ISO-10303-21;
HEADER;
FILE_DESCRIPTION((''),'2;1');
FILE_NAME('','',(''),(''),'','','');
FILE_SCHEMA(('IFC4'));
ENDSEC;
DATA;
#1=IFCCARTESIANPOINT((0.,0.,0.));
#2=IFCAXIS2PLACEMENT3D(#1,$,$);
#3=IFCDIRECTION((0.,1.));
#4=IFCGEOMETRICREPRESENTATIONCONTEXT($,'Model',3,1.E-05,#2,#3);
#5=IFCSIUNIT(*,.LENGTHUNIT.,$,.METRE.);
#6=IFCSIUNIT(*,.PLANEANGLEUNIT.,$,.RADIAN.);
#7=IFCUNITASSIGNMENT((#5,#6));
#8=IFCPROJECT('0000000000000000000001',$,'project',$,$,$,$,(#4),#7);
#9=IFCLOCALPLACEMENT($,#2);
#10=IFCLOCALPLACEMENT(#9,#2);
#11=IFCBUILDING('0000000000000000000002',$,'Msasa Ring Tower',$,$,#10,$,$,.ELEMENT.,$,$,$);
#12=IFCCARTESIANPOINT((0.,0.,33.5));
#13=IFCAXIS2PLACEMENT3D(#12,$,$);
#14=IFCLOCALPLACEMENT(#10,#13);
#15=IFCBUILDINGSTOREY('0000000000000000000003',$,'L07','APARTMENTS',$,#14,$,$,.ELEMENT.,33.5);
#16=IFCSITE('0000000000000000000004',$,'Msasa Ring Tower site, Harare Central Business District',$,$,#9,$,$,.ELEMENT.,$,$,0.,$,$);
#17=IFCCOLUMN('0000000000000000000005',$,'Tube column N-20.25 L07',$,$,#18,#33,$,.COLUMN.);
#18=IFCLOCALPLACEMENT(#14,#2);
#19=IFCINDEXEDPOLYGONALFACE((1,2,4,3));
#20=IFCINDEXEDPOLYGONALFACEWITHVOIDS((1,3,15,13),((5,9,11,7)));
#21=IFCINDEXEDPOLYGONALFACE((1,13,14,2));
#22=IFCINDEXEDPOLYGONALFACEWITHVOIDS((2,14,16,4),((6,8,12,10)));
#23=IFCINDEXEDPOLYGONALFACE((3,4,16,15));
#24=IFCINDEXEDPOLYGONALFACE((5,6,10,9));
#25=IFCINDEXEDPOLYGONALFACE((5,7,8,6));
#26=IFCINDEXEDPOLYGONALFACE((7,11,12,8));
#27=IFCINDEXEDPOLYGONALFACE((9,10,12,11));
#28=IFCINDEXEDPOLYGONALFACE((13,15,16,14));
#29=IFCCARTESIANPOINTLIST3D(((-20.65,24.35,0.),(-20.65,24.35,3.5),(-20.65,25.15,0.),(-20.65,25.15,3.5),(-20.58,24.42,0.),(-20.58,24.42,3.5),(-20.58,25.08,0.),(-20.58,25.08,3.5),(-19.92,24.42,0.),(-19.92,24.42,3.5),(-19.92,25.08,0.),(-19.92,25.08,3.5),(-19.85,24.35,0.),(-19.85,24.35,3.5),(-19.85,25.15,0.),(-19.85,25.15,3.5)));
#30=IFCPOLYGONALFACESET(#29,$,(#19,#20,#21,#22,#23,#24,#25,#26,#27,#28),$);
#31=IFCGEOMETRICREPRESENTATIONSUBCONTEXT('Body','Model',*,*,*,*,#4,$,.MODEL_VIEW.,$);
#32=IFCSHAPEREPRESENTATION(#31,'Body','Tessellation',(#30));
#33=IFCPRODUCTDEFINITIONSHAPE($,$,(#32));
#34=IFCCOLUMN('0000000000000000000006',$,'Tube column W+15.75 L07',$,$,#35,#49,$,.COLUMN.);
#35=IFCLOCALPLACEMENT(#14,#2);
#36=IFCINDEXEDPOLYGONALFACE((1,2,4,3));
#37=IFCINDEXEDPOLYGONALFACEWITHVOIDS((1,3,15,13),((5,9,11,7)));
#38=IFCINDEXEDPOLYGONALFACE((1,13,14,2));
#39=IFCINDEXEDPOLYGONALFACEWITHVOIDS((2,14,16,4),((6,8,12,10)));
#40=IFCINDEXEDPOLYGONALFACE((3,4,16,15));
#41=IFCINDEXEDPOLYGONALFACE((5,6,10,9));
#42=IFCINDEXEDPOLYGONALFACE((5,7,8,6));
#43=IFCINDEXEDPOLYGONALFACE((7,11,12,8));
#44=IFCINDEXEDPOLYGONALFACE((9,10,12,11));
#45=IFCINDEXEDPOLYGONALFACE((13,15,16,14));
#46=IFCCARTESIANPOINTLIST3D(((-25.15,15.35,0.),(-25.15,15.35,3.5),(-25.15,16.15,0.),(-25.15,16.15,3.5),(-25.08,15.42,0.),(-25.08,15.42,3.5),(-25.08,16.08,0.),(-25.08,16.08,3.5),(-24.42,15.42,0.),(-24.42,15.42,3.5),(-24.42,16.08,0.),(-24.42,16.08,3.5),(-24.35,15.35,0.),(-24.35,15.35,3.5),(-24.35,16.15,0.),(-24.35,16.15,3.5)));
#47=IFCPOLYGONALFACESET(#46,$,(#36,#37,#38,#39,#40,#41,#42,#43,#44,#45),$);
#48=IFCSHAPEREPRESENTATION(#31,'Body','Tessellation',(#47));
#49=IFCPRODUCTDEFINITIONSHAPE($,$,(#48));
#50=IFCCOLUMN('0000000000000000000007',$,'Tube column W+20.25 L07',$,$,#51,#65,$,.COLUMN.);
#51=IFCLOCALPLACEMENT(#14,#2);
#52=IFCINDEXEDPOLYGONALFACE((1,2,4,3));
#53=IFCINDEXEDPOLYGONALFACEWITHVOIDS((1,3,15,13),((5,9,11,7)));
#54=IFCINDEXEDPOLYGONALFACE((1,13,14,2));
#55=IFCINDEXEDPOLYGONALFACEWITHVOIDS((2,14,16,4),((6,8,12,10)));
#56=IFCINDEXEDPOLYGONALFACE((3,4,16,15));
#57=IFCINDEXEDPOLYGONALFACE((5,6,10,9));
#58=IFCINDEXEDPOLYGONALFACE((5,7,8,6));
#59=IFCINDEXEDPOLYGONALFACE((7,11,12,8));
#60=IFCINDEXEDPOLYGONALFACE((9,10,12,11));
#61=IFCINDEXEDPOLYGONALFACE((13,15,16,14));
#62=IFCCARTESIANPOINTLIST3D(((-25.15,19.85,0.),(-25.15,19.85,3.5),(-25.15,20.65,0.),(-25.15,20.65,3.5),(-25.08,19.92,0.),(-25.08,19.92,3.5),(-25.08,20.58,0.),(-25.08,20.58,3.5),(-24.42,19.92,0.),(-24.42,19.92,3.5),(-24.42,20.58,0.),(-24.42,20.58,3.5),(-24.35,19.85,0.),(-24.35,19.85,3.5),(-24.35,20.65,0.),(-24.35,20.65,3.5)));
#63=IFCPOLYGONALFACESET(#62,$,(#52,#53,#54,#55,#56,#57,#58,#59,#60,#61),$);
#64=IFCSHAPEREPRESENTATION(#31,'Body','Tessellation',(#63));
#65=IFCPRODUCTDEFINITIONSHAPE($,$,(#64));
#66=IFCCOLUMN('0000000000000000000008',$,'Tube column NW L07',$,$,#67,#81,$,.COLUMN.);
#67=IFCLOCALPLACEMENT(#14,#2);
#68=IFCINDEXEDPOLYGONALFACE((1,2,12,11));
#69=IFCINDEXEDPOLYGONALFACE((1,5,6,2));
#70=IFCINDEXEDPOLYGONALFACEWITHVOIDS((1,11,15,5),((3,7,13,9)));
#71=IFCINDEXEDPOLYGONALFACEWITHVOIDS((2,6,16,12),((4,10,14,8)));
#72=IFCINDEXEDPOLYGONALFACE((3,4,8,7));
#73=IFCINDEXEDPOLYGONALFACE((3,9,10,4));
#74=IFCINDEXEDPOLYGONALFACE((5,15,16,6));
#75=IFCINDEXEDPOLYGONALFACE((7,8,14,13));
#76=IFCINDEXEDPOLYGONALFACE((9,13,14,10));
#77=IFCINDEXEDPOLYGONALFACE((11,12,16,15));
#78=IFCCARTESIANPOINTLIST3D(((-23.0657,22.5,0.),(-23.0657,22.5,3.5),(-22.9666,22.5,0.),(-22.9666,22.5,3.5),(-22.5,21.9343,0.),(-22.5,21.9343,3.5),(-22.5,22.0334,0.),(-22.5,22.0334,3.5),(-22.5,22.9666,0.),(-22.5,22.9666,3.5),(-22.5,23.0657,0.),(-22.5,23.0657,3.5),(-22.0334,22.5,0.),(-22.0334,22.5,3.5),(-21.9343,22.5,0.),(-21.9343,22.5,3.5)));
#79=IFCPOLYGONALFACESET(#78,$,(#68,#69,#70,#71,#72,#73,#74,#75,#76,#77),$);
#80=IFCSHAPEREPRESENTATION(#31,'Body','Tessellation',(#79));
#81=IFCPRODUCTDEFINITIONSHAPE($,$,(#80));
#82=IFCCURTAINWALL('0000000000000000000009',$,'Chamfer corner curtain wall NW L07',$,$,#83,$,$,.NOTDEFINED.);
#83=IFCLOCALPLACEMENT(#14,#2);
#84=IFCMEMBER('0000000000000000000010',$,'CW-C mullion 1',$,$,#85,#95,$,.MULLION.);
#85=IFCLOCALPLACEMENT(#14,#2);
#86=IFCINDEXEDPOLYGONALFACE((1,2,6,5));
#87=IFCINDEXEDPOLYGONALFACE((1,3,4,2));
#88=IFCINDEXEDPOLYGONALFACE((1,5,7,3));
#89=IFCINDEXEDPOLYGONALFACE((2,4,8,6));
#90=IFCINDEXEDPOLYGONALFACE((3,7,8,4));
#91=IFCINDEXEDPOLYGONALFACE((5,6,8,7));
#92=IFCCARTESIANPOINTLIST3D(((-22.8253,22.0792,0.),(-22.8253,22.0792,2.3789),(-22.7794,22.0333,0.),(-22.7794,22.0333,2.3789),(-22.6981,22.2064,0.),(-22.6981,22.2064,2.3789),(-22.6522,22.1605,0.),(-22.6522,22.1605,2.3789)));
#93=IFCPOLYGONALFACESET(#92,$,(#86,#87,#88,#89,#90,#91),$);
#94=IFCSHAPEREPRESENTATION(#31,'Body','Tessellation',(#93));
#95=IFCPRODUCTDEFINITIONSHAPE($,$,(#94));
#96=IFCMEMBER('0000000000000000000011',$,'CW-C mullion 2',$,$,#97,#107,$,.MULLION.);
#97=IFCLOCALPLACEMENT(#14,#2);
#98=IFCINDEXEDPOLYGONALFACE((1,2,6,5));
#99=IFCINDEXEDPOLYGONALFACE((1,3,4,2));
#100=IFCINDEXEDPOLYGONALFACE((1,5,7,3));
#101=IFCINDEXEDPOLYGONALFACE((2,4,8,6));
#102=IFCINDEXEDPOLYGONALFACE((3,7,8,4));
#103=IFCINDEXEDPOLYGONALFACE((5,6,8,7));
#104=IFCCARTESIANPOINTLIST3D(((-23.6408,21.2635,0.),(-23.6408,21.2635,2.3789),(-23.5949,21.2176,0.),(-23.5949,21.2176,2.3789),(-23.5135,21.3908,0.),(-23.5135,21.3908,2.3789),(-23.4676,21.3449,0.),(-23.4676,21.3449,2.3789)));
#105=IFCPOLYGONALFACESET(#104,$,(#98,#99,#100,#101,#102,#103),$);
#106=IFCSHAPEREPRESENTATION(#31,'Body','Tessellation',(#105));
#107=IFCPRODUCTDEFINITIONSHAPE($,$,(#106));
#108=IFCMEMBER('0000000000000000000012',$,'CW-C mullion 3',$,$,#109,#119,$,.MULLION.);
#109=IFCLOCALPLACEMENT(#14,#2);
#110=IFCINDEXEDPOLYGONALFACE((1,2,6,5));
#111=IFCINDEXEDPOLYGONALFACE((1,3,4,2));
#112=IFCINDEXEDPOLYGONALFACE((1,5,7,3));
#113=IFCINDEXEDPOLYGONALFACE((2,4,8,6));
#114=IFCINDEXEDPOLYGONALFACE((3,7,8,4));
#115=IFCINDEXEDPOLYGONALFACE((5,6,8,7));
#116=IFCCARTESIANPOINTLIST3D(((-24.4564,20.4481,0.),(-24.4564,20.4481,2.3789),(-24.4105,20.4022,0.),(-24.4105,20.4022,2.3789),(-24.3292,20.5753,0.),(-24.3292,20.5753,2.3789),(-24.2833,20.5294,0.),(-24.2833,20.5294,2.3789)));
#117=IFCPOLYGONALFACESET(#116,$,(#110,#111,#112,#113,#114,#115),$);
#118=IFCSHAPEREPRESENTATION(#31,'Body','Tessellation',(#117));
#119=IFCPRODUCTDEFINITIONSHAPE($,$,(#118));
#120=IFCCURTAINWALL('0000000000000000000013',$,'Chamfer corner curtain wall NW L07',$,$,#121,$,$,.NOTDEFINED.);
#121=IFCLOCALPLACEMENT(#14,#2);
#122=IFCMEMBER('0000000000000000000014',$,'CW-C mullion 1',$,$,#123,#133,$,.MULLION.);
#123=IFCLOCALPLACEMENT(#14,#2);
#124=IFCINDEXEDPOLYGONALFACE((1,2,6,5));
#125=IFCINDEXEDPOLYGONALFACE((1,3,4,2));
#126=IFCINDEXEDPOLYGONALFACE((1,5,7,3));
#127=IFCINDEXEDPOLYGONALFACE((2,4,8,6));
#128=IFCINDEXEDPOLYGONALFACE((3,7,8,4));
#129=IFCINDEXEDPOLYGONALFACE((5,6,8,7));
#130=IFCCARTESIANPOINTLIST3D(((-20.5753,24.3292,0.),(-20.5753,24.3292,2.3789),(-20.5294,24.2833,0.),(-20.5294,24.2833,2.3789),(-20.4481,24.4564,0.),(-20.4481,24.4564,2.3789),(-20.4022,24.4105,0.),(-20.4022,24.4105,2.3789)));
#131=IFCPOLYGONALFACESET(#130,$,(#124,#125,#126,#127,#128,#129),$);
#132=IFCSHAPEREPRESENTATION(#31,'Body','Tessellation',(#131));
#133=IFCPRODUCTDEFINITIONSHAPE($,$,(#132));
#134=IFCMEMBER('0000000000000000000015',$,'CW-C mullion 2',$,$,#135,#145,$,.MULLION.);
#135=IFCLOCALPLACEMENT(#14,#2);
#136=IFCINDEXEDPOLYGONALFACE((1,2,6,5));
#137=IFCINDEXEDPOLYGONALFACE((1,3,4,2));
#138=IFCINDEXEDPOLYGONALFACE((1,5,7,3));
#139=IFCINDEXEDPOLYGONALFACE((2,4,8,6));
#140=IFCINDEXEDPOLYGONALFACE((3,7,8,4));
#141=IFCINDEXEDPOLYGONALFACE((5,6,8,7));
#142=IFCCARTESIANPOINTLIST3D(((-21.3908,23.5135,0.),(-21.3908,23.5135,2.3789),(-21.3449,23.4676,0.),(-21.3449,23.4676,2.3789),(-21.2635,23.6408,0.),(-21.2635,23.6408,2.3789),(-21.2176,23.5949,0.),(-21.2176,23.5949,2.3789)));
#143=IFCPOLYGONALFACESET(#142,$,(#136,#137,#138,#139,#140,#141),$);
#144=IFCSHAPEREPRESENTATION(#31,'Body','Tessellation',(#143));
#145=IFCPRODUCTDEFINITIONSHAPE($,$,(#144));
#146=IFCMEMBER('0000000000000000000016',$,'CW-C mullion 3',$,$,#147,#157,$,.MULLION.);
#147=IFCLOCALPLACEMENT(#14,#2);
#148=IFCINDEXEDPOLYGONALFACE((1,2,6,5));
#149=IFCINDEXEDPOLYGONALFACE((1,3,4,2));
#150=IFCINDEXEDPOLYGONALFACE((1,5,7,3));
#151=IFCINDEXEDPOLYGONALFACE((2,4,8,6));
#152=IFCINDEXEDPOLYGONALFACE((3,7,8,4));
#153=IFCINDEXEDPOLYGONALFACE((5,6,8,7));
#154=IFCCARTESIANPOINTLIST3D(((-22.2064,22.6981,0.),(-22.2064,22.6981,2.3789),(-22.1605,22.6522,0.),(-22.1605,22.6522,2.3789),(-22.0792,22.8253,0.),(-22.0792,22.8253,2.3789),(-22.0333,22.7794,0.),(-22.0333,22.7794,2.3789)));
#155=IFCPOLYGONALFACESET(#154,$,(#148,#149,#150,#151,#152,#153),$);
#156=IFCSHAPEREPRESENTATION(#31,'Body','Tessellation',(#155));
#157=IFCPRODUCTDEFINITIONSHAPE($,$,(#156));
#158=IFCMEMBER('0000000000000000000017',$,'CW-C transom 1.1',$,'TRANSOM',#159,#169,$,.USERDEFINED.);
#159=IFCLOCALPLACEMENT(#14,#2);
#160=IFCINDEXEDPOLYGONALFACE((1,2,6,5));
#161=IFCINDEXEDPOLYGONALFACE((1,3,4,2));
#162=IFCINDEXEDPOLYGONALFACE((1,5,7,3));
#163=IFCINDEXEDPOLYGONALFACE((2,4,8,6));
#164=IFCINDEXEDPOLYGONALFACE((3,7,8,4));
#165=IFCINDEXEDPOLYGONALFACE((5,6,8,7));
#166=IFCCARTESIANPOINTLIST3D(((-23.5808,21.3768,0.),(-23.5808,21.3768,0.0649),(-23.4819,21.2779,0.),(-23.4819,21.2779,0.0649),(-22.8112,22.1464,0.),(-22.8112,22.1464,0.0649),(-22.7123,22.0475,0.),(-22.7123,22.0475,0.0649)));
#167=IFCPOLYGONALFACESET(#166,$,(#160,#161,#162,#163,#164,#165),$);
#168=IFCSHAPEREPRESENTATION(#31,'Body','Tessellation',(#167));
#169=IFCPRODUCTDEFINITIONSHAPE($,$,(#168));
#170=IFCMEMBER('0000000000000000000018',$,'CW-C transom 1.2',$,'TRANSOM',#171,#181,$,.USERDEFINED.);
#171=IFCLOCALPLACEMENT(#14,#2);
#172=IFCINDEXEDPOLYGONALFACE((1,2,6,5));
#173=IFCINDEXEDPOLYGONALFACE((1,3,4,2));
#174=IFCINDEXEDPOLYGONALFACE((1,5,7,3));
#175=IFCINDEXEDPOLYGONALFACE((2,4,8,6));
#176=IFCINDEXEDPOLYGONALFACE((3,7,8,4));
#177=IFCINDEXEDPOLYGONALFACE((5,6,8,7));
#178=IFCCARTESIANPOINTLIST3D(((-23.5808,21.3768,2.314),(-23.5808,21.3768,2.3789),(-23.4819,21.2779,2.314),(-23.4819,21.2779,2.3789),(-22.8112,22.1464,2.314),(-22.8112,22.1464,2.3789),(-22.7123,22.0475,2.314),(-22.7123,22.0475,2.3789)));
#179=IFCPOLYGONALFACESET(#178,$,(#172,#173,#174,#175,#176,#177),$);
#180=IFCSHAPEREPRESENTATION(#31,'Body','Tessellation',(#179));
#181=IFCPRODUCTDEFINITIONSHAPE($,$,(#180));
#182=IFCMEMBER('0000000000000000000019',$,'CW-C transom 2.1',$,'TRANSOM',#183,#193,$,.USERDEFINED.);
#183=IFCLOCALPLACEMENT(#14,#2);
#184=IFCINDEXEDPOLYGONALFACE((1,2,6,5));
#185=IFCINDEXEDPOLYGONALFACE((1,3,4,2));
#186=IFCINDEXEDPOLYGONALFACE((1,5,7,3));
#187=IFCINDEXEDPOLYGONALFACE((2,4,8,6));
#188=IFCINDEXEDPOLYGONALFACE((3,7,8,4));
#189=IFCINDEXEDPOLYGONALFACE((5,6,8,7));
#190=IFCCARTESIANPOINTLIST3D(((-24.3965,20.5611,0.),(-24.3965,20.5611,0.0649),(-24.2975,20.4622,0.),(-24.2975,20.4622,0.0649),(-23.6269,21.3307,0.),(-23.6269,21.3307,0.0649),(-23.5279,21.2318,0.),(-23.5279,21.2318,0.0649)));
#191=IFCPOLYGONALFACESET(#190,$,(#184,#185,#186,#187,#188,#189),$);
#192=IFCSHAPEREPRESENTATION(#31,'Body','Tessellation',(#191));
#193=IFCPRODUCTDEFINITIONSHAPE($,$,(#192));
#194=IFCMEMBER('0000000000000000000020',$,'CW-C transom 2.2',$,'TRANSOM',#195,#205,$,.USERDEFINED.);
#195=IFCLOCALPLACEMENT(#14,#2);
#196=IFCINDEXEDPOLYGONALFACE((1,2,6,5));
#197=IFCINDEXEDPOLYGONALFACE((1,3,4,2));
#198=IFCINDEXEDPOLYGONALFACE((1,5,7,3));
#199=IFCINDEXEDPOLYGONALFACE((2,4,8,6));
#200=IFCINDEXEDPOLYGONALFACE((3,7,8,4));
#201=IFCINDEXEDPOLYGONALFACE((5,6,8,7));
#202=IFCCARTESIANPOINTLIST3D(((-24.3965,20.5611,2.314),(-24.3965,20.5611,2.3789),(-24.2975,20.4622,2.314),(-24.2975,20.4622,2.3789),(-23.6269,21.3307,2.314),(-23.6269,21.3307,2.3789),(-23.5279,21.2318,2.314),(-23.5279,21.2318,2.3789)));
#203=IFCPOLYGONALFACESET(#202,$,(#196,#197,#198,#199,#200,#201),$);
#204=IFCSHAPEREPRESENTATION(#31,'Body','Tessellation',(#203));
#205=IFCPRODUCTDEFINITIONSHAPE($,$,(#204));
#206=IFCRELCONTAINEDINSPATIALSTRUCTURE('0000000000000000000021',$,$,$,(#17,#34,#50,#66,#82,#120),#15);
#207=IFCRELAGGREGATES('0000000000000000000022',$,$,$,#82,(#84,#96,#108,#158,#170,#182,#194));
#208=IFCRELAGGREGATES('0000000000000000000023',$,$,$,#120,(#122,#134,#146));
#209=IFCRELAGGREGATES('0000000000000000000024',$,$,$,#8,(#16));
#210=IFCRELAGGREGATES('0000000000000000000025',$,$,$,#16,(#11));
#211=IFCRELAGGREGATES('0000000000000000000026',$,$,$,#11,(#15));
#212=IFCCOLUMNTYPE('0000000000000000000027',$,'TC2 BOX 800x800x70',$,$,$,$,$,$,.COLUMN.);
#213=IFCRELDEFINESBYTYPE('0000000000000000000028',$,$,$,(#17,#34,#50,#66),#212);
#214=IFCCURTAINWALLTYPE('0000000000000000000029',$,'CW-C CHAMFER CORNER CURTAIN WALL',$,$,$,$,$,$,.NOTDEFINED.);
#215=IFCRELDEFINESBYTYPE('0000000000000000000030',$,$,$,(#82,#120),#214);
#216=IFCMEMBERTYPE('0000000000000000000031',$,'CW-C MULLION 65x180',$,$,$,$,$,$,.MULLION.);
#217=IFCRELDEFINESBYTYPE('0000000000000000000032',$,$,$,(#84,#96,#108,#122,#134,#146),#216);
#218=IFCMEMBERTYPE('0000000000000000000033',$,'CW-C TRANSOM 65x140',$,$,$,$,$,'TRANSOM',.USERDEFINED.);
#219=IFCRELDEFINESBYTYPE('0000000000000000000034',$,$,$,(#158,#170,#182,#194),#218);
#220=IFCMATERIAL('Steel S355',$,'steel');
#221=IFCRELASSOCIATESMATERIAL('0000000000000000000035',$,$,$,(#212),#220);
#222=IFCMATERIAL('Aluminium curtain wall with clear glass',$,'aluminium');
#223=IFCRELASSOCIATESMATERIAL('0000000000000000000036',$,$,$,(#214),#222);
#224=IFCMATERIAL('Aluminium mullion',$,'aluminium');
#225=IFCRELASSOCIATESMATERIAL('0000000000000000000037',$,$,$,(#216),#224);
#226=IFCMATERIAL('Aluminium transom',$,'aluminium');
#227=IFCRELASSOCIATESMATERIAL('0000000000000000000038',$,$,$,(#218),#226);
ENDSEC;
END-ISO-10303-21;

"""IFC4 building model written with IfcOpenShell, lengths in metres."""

from ifc_helpers import new_model, si_unit, direction, frame, origin, origin_2d, place, context, subcontext, project, spatial, rectangle, hollow_rectangle, extrude, material, material_profile, profile_set, type_object, element, aggregate, save


model = new_model("IFC4")

# Units and contexts
model_context = context("Model", 3, precision=1e-05, world=origin(), true_north=direction((0.0, 1.0)))
body_context = subcontext(model_context, "Body", "Model", "MODEL_VIEW")
ifc_project = project(units=[si_unit("LENGTHUNIT", "METRE"), si_unit("PLANEANGLEUNIT", "RADIAN")], contexts=[model_context])

# Site, building, storey
site_placement = place(None, origin())
site = spatial("IfcSite", under=ifc_project, at=site_placement, Name="Msasa Ring Tower site, Harare Central Business District", CompositionType="ELEMENT", RefElevation=0.0)
building_placement = place(site_placement, origin())
building = spatial("IfcBuilding", under=site, at=building_placement, Name="Msasa Ring Tower", CompositionType="ELEMENT")
storey_placement = place(building_placement, frame((0.0, 0.0, 33.5)))
storey = spatial("IfcBuildingStorey", under=building, at=storey_placement, Name="L07", Description="APARTMENTS", CompositionType="ELEMENT", Elevation=33.5)

# Columns
ifc_material_1 = material(Name="Steel S355", Category="steel")
ifc_material_profile_1 = material_profile(ifc_material_1, hollow_rectangle(XDim=0.8, YDim=0.8, WallThickness=0.0701, at=origin_2d()), Name="BOX 800x800x70")
ifc_profile_set_1 = profile_set([ifc_material_profile_1], Name="Steel S355")
column_type = type_object("IfcColumnType", Name="TC2 BOX 800x800x70", PredefinedType="COLUMN", material=ifc_profile_set_1)
for number, where, z_axis, x_axis, name in (
    (1, (-20.25, 24.75, 0.0), (0.0, 0.0, 1.0), (0.0, 1.0, 0.0), "Tube column N-20.25 L07"),
    (2, (-24.75, 15.75, 0.0), (0.0, 0.0, 1.0), (1.0, 0.0, 0.0), "Tube column W+15.75 L07"),
    (3, (-24.75, 20.25, 0.0), (0.0, 0.0, 1.0), (1.0, 0.0, 0.0), "Tube column W+20.25 L07"),
    (4, (-22.5, 22.5, 0.0), (0.0, 0.0, 1.0), (0.707107, -0.707107, 0.0), "Tube column NW L07"),
):
    element("IfcColumn", number, at=place(storey_placement, frame(where, z_axis=z_axis, x_axis=x_axis)), inside=storey, type_object=column_type, Name=name, PredefinedType="COLUMN", context=body_context, shape_type="SweptSolid", body=[
        extrude(hollow_rectangle(XDim=0.8, YDim=0.8, WallThickness=0.0701, at=origin_2d()), origin(), (0.0, 0.0, 1.0), 3.5),
    ])

# Curtain walls, members
ifc_material_2 = material(Name="Aluminium curtain wall with clear glass", Category="aluminium")
curtain_wall_type = type_object("IfcCurtainWallType", Name="CW-C CHAMFER CORNER CURTAIN WALL", PredefinedType="NOTDEFINED", material=ifc_material_2)
curtain_wall_1_placement = place(storey_placement, origin())
curtain_wall_1 = element("IfcCurtainWall", 5, at=curtain_wall_1_placement, inside=storey, type_object=curtain_wall_type, Name="Chamfer corner curtain wall NW L07", PredefinedType="NOTDEFINED")
ifc_material_3 = material(Name="Aluminium mullion", Category="aluminium")
ifc_material_profile_2 = material_profile(ifc_material_3, rectangle(XDim=0.0649, YDim=0.1799, at=origin_2d()), Name="AL 65x180")
ifc_profile_set_2 = profile_set([ifc_material_profile_2], Name="Aluminium mullion")
member_type_1 = type_object("IfcMemberType", Name="CW-C MULLION 65x180", PredefinedType="MULLION", material=ifc_profile_set_2)
member_1_placement = place(storey_placement, frame((-22.7388, 22.1199, 0.0), z_axis=(0.0, 0.0, 1.0), x_axis=(0.707107, -0.707107, 0.0)))
member_1 = element("IfcMember", 6, at=member_1_placement, type_object=member_type_1, Name="CW-C mullion 1", PredefinedType="MULLION", context=body_context, shape_type="SweptSolid", body=[
    extrude(rectangle(XDim=0.0649, YDim=0.1799, at=origin_2d()), origin(), (0.0, 0.0, 1.0), 2.3789),
])
member_2_placement = place(storey_placement, frame((-23.5542, 21.3042, 0.0), z_axis=(0.0, 0.0, 1.0), x_axis=(0.707107, -0.707107, 0.0)))
member_2 = element("IfcMember", 7, at=member_2_placement, type_object=member_type_1, Name="CW-C mullion 2", PredefinedType="MULLION", context=body_context, shape_type="SweptSolid", body=[
    extrude(rectangle(XDim=0.0649, YDim=0.1799, at=origin_2d()), origin(), (0.0, 0.0, 1.0), 2.3789),
])
member_3_placement = place(storey_placement, frame((-24.3699, 20.4888, 0.0), z_axis=(0.0, 0.0, 1.0), x_axis=(0.707107, -0.707107, 0.0)))
member_3 = element("IfcMember", 8, at=member_3_placement, type_object=member_type_1, Name="CW-C mullion 3", PredefinedType="MULLION", context=body_context, shape_type="SweptSolid", body=[
    extrude(rectangle(XDim=0.0649, YDim=0.1799, at=origin_2d()), origin(), (0.0, 0.0, 1.0), 2.3789),
])
curtain_wall_2_placement = place(storey_placement, origin())
curtain_wall_2 = element("IfcCurtainWall", 9, at=curtain_wall_2_placement, inside=storey, type_object=curtain_wall_type, Name="Chamfer corner curtain wall NW L07", PredefinedType="NOTDEFINED")
member_4_placement = place(storey_placement, frame((-20.4888, 24.3699, 0.0), z_axis=(0.0, 0.0, 1.0), x_axis=(0.707107, -0.707107, 0.0)))
member_4 = element("IfcMember", 10, at=member_4_placement, type_object=member_type_1, Name="CW-C mullion 1", PredefinedType="MULLION", context=body_context, shape_type="SweptSolid", body=[
    extrude(rectangle(XDim=0.0649, YDim=0.1799, at=origin_2d()), origin(), (0.0, 0.0, 1.0), 2.3789),
])
member_5_placement = place(storey_placement, frame((-21.3042, 23.5542, 0.0), z_axis=(0.0, 0.0, 1.0), x_axis=(0.707107, -0.707107, 0.0)))
member_5 = element("IfcMember", 11, at=member_5_placement, type_object=member_type_1, Name="CW-C mullion 2", PredefinedType="MULLION", context=body_context, shape_type="SweptSolid", body=[
    extrude(rectangle(XDim=0.0649, YDim=0.1799, at=origin_2d()), origin(), (0.0, 0.0, 1.0), 2.3789),
])
member_6_placement = place(storey_placement, frame((-22.1199, 22.7388, 0.0), z_axis=(0.0, 0.0, 1.0), x_axis=(0.707107, -0.707107, 0.0)))
member_6 = element("IfcMember", 12, at=member_6_placement, type_object=member_type_1, Name="CW-C mullion 3", PredefinedType="MULLION", context=body_context, shape_type="SweptSolid", body=[
    extrude(rectangle(XDim=0.0649, YDim=0.1799, at=origin_2d()), origin(), (0.0, 0.0, 1.0), 2.3789),
])

# Members
ifc_material_4 = material(Name="Aluminium transom", Category="aluminium")
ifc_material_profile_3 = material_profile(ifc_material_4, rectangle(XDim=0.1399, YDim=0.0649, at=origin_2d()), Name="AL 65x140")
ifc_profile_set_3 = profile_set([ifc_material_profile_3], Name="Aluminium transom")
member_type_2 = type_object("IfcMemberType", Name="CW-C TRANSOM 65x140", ElementType="TRANSOM", PredefinedType="USERDEFINED", material=ifc_profile_set_3)
member_7_placement = place(storey_placement, frame((-22.7617, 22.0969, 0.0325), z_axis=(-0.707107, -0.707107, 0.0), x_axis=(0.707107, -0.707107, 0.0)))
member_7 = element("IfcMember", 13, at=member_7_placement, type_object=member_type_2, Name="CW-C transom 1.1", ObjectType="TRANSOM", PredefinedType="USERDEFINED", context=body_context, shape_type="SweptSolid", body=[
    extrude(rectangle(XDim=0.1399, YDim=0.0649, at=origin_2d()), origin(), (0.0, 0.0, 1.0), 1.0884),
])
member_8_placement = place(storey_placement, frame((-22.7617, 22.0969, 2.3464), z_axis=(-0.707107, -0.707107, 0.0), x_axis=(0.707107, -0.707107, 0.0)))
member_8 = element("IfcMember", 14, at=member_8_placement, type_object=member_type_2, Name="CW-C transom 1.2", ObjectType="TRANSOM", PredefinedType="USERDEFINED", context=body_context, shape_type="SweptSolid", body=[
    extrude(rectangle(XDim=0.1399, YDim=0.0649, at=origin_2d()), origin(), (0.0, 0.0, 1.0), 1.0884),
])
member_9_placement = place(storey_placement, frame((-23.5774, 21.2812, 0.0325), z_axis=(-0.707107, -0.707107, 0.0), x_axis=(0.707107, -0.707107, 0.0)))
member_9 = element("IfcMember", 15, at=member_9_placement, type_object=member_type_2, Name="CW-C transom 2.1", ObjectType="TRANSOM", PredefinedType="USERDEFINED", context=body_context, shape_type="SweptSolid", body=[
    extrude(rectangle(XDim=0.1399, YDim=0.0649, at=origin_2d()), origin(), (0.0, 0.0, 1.0), 1.0884),
])
member_10_placement = place(storey_placement, frame((-23.5774, 21.2812, 2.3464), z_axis=(-0.707107, -0.707107, 0.0), x_axis=(0.707107, -0.707107, 0.0)))
member_10 = element("IfcMember", 16, at=member_10_placement, type_object=member_type_2, Name="CW-C transom 2.2", ObjectType="TRANSOM", PredefinedType="USERDEFINED", context=body_context, shape_type="SweptSolid", body=[
    extrude(rectangle(XDim=0.1399, YDim=0.0649, at=origin_2d()), origin(), (0.0, 0.0, 1.0), 1.0884),
])

aggregate(curtain_wall_1, [member_1, member_2, member_3, member_7, member_8, member_9, member_10])
aggregate(curtain_wall_2, [member_4, member_5, member_6])

save(model, "model.ifc")
